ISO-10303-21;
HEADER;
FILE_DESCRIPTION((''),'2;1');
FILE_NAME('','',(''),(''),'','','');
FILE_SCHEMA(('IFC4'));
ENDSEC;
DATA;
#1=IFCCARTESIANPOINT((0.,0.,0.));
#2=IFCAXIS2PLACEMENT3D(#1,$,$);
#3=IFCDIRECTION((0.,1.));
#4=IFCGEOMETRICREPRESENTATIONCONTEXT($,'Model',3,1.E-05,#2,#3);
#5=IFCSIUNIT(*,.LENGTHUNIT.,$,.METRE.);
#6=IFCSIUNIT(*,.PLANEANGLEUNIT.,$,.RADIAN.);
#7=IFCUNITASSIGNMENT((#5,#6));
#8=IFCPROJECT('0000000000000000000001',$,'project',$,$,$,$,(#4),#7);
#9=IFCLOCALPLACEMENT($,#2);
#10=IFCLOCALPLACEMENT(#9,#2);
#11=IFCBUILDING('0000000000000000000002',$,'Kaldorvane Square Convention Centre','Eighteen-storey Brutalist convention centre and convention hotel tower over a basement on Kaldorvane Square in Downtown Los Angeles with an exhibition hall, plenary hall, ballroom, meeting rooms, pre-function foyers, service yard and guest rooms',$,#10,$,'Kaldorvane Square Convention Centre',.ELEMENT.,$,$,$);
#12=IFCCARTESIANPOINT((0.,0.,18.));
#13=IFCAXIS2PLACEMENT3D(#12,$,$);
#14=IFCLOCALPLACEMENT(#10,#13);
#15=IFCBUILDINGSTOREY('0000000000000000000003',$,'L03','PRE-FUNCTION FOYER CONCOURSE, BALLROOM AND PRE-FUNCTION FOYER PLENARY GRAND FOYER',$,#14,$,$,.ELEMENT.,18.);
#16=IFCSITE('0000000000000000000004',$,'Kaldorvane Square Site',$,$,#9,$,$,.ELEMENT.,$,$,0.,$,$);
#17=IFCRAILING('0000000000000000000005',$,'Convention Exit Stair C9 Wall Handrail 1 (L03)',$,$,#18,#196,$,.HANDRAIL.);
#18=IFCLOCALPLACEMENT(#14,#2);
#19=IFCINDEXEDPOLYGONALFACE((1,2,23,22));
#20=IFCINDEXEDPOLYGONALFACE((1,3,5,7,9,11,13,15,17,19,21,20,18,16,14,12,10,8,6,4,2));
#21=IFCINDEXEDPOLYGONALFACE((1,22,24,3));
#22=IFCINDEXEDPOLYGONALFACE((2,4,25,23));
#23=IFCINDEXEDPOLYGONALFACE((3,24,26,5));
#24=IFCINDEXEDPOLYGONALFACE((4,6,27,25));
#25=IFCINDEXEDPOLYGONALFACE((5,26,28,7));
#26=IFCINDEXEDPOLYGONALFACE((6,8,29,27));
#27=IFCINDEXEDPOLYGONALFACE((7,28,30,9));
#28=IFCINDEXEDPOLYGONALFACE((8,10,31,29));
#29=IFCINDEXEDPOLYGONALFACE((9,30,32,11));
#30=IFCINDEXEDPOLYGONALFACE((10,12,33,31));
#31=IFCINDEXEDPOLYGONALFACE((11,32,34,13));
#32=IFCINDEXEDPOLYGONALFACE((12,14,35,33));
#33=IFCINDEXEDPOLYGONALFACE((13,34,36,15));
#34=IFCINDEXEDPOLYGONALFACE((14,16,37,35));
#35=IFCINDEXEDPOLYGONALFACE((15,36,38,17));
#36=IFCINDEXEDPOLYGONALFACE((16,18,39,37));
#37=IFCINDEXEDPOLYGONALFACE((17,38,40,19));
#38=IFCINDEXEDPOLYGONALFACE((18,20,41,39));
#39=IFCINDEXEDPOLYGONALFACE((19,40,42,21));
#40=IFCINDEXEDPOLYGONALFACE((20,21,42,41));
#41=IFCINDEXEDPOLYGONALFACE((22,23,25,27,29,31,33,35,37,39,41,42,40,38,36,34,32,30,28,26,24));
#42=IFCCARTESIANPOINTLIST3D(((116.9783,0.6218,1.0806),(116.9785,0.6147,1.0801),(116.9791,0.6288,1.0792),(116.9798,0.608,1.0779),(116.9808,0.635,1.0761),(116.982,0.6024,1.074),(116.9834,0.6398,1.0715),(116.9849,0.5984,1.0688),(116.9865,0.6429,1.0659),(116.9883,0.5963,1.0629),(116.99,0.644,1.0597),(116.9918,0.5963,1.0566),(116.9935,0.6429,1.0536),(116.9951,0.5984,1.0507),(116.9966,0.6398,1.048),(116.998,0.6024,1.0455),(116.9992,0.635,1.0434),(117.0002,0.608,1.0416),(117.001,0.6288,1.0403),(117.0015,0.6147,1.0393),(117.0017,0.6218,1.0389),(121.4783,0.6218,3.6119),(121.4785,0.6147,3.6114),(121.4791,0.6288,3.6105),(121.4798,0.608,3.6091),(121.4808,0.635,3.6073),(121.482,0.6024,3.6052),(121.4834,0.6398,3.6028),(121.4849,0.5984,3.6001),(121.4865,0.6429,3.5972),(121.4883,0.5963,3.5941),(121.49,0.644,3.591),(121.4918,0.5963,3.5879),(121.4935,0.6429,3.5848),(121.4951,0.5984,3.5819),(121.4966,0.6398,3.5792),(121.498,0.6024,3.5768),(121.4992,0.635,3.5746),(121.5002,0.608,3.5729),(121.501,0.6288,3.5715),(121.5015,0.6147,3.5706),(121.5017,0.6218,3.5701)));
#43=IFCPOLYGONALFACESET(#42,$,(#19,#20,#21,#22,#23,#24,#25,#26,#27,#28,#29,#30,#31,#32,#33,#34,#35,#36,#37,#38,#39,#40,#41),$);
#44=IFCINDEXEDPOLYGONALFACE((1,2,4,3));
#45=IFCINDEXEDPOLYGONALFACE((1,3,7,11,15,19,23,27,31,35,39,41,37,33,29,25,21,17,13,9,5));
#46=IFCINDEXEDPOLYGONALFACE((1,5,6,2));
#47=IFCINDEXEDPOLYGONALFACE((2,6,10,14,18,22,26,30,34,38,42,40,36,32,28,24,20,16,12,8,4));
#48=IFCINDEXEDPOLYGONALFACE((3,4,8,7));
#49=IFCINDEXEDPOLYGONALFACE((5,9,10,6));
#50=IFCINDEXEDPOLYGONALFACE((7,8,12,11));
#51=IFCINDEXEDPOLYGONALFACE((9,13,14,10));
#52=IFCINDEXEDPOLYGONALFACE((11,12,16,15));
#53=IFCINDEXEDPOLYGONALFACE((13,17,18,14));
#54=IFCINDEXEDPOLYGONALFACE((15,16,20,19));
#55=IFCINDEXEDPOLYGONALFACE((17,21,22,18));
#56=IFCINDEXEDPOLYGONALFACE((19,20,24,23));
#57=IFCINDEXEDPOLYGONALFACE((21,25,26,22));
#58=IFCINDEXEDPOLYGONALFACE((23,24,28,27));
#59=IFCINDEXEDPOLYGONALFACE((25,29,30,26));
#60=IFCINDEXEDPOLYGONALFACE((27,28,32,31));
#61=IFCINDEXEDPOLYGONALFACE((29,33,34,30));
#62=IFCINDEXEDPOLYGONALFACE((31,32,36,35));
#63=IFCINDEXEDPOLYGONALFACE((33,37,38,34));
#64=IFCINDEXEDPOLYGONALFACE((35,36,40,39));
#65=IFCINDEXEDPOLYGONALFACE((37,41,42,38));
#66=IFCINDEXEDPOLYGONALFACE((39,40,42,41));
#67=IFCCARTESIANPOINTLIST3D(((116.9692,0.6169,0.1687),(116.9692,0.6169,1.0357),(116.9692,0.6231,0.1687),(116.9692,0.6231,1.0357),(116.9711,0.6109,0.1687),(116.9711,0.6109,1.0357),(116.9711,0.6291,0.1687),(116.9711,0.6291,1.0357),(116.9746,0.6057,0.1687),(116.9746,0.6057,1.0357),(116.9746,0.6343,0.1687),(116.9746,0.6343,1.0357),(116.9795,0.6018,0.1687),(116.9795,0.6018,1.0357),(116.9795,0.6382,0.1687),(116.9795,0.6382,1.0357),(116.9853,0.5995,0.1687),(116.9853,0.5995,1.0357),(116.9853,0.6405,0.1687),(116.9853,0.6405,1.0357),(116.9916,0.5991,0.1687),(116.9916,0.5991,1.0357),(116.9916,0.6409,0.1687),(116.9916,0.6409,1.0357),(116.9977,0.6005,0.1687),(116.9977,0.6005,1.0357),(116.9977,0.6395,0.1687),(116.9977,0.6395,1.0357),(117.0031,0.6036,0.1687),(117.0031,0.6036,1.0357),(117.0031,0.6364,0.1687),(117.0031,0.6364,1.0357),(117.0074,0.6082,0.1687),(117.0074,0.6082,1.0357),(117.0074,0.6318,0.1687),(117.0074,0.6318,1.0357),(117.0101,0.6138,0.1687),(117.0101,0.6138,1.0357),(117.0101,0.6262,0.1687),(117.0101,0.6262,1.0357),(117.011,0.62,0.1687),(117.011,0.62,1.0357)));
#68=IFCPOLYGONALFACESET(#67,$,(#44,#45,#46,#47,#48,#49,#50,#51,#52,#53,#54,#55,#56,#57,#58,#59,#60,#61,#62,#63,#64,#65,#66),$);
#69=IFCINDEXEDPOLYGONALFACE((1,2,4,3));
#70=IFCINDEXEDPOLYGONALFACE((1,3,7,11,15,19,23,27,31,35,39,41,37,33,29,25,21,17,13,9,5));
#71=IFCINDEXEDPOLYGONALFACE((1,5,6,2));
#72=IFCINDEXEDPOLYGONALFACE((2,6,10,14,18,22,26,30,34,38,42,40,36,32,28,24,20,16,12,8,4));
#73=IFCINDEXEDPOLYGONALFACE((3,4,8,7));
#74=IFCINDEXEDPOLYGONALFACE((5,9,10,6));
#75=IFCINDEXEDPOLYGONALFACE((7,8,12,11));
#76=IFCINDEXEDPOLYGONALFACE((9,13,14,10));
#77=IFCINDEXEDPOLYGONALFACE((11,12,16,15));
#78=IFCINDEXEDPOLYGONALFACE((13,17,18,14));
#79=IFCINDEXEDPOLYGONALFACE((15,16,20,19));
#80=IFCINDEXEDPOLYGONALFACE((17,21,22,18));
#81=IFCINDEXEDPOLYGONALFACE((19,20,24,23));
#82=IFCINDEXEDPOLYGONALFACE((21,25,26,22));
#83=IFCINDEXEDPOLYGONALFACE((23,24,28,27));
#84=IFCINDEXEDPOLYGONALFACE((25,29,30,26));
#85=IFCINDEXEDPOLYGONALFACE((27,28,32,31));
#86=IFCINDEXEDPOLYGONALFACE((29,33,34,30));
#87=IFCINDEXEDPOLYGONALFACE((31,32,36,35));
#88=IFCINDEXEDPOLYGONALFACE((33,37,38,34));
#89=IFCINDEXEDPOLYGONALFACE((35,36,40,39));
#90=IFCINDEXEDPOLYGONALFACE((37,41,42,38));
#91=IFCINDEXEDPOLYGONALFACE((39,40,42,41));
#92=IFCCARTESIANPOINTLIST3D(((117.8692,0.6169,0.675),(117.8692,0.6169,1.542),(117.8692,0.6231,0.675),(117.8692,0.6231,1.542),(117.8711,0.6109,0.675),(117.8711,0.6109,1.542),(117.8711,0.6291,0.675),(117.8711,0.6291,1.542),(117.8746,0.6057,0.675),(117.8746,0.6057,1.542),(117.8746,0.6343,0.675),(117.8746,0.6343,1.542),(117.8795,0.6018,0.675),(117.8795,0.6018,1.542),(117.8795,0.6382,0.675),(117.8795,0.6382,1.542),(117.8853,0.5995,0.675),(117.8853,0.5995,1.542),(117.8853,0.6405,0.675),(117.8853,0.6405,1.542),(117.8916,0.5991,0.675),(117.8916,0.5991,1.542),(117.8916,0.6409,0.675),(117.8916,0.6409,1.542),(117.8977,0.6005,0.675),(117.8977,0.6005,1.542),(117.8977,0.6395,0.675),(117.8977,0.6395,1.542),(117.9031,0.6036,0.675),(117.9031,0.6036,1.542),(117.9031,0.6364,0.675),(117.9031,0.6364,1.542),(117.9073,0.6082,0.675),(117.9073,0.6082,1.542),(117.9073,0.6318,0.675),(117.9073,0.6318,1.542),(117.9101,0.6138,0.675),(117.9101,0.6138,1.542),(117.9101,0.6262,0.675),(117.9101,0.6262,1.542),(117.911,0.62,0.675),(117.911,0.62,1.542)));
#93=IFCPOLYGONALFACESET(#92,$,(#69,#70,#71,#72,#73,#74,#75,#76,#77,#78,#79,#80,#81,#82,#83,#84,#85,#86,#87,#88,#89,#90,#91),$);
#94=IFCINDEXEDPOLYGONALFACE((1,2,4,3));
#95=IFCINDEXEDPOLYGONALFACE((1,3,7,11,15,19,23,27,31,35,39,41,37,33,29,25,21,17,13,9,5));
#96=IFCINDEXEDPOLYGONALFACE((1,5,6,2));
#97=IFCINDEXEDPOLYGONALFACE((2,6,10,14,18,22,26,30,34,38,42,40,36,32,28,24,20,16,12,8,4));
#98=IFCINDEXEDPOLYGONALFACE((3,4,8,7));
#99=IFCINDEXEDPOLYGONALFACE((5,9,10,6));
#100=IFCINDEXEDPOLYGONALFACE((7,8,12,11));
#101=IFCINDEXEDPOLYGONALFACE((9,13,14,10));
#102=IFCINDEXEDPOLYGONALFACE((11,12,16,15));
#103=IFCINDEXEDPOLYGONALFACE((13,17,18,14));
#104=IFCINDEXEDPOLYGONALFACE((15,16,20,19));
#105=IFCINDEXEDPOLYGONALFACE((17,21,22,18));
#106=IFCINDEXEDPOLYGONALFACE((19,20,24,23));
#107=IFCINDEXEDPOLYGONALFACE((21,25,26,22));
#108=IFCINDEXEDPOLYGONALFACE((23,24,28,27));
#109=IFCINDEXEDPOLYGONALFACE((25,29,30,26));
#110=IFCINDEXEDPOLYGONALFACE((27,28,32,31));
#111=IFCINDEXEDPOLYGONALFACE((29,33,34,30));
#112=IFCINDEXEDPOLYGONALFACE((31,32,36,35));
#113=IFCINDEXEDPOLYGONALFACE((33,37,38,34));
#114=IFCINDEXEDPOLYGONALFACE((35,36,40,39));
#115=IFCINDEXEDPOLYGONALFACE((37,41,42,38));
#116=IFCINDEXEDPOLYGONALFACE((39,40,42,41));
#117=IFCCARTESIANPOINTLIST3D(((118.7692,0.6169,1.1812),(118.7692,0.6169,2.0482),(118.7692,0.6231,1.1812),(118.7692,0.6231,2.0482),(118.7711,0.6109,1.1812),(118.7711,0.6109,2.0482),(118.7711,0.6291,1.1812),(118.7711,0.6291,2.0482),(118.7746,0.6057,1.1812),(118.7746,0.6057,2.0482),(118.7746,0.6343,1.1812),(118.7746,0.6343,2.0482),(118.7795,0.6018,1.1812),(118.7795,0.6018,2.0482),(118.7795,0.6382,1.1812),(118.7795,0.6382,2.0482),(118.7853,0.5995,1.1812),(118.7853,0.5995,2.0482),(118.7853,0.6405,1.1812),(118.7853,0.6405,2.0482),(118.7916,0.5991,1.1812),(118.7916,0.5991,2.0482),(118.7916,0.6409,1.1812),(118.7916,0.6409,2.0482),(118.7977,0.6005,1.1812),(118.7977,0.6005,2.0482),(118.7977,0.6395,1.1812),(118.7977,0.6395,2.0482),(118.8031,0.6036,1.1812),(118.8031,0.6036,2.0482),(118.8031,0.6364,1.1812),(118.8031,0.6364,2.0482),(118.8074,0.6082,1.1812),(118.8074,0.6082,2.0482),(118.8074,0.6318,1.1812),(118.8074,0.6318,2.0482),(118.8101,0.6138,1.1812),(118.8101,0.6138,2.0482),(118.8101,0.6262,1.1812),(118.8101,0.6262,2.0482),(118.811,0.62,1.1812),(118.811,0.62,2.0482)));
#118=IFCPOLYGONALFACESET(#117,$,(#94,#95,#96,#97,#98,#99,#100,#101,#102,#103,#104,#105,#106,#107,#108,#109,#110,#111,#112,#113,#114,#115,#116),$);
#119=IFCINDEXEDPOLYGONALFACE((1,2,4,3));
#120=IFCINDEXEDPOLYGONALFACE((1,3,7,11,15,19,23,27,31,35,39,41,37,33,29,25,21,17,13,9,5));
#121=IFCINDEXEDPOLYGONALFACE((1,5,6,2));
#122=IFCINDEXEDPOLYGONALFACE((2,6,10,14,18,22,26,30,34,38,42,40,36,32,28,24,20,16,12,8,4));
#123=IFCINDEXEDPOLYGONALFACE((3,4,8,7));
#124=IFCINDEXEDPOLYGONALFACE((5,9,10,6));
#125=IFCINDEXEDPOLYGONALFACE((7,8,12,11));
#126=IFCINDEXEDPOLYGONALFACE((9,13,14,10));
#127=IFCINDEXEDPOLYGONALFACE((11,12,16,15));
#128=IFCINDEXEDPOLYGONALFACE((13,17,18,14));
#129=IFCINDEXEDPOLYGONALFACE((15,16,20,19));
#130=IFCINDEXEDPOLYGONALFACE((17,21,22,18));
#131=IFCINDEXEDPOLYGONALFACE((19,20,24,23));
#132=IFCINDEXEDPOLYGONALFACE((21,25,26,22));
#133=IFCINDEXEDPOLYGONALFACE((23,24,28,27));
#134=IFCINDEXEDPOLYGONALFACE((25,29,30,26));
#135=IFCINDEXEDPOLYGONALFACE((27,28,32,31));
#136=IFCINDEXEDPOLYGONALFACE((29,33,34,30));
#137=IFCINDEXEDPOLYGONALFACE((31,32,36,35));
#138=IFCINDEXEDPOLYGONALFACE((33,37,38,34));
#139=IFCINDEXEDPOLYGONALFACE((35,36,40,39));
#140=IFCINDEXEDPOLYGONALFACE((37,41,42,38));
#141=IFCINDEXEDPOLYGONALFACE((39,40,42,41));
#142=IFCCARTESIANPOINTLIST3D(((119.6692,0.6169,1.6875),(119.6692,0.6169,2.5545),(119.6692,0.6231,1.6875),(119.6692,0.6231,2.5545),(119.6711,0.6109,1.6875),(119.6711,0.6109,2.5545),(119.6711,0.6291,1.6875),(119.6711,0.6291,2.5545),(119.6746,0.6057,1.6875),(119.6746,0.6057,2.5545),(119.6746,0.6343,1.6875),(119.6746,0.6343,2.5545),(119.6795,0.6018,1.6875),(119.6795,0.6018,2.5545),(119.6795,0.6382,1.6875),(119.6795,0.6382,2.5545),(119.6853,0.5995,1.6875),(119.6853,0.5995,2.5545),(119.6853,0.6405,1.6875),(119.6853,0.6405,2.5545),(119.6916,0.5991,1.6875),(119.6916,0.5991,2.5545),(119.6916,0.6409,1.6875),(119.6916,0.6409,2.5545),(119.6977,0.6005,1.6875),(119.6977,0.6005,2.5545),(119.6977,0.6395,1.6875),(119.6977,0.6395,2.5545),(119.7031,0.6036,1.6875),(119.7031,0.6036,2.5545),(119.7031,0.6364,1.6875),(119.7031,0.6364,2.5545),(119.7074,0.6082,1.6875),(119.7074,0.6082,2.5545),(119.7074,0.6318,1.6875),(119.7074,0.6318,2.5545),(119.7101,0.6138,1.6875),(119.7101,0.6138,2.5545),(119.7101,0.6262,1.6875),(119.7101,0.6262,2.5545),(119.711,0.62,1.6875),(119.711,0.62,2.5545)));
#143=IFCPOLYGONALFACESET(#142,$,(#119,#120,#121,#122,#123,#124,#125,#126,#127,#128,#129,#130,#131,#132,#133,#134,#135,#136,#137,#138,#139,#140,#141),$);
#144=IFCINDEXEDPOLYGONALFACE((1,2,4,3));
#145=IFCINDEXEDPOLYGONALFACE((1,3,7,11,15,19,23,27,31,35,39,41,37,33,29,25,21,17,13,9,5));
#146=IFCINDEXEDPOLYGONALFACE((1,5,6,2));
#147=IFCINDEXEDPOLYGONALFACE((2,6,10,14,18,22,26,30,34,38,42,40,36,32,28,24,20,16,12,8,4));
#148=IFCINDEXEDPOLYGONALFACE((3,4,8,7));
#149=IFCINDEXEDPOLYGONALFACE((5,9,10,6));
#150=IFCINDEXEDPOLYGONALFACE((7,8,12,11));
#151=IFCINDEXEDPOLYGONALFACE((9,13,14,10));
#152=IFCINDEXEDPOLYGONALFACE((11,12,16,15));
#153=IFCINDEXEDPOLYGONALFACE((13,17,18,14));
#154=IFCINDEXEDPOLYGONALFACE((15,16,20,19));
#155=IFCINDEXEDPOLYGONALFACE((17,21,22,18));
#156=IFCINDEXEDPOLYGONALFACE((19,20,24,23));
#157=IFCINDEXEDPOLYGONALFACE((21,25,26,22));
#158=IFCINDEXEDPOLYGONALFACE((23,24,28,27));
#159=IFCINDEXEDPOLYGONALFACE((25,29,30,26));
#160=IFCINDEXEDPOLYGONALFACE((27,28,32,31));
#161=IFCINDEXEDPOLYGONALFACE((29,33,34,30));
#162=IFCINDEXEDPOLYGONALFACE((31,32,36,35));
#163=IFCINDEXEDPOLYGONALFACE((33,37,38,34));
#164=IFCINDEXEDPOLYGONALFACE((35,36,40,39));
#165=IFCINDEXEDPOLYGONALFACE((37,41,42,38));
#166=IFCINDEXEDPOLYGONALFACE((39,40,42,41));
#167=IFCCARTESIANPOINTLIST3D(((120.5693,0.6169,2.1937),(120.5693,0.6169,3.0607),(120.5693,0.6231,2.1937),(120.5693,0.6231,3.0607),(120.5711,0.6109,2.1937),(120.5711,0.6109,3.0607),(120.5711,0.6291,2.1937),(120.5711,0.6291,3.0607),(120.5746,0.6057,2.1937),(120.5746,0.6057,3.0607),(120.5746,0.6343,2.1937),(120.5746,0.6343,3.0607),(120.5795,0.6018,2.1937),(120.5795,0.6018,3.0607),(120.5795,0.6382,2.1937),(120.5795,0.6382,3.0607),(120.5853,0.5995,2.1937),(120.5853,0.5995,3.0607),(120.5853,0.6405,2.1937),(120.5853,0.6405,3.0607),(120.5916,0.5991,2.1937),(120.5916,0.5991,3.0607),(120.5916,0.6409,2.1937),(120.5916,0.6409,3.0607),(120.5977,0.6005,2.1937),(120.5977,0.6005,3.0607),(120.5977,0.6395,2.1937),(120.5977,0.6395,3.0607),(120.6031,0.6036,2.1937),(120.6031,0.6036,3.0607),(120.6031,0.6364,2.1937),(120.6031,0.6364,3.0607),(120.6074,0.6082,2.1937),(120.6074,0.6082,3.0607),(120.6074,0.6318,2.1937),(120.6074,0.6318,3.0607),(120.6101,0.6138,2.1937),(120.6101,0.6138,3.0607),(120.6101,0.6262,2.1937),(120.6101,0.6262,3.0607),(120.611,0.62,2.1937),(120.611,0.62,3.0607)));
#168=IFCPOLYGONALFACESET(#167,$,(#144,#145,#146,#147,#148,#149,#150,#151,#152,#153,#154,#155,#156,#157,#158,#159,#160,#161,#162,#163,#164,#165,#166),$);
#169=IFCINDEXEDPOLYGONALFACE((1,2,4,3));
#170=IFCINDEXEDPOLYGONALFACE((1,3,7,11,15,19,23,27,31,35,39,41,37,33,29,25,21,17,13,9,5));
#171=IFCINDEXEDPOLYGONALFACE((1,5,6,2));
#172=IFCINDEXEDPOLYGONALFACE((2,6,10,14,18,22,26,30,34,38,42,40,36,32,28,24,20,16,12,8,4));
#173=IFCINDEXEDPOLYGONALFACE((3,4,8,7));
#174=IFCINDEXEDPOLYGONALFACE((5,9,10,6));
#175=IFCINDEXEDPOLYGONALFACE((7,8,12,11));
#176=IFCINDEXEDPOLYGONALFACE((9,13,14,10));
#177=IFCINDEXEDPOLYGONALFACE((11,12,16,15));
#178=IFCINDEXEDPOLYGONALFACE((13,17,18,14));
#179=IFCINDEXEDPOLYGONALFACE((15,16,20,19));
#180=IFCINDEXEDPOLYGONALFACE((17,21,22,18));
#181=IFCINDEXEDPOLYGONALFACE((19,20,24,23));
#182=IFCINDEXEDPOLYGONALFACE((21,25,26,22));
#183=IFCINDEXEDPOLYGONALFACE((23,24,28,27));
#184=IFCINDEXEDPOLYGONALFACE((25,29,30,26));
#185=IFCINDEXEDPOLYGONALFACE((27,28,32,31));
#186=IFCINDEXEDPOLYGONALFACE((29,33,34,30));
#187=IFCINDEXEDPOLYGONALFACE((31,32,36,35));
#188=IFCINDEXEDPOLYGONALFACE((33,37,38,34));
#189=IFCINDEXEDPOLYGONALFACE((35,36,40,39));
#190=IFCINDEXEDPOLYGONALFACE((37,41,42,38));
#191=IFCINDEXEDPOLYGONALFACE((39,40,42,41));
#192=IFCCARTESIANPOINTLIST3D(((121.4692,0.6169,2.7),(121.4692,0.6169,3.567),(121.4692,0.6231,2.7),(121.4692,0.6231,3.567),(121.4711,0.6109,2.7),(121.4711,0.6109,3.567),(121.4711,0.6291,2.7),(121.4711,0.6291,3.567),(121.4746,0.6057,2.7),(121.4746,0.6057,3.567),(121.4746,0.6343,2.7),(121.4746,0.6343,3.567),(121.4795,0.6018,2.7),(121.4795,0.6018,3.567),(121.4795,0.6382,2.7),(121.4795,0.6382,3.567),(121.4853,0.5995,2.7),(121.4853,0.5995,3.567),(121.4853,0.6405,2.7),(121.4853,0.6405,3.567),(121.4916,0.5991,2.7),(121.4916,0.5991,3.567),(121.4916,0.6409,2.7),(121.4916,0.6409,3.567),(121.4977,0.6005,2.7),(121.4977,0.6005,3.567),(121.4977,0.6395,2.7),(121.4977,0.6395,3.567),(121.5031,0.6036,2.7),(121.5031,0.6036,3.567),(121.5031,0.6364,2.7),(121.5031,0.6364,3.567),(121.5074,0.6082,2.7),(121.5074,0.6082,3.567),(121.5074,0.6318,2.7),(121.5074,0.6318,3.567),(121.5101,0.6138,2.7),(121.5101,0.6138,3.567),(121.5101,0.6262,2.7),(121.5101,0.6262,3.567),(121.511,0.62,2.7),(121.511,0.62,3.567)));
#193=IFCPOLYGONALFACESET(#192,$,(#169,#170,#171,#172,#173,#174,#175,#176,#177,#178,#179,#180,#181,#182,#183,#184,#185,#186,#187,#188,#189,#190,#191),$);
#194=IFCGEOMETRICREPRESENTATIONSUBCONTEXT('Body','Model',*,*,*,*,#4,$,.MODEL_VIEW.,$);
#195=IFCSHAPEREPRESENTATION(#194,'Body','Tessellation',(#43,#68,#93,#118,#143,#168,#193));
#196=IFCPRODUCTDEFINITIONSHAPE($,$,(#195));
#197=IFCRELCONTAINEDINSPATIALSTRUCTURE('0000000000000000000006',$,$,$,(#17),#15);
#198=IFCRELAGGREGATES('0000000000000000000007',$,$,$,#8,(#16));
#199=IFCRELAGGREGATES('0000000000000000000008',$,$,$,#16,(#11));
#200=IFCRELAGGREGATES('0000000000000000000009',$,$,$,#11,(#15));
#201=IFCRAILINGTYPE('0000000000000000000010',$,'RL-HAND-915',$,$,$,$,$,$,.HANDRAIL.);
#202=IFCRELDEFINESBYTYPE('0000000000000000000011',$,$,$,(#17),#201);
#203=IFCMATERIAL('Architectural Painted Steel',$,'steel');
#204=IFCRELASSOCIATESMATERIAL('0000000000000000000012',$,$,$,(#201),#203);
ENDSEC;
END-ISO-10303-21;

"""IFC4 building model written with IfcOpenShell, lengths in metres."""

from ifc_helpers import new_model, si_unit, direction, frame, origin, origin_2d, place, context, subcontext, project, spatial, circle, extrude, material, type_object, element, save


model = new_model("IFC4")

# Units and contexts
model_context = context("Model", 3, precision=1e-05, world=origin(), true_north=direction((0.0, 1.0)))
body_context = subcontext(model_context, "Body", "Model", "MODEL_VIEW")
ifc_project = project(units=[si_unit("LENGTHUNIT", "METRE"), si_unit("PLANEANGLEUNIT", "RADIAN")], contexts=[model_context])

# Site, building, storey
site_placement = place(None, origin())
site = spatial("IfcSite", under=ifc_project, at=site_placement, Name="Kaldorvane Square Site", CompositionType="ELEMENT", RefElevation=0.0)
building_placement = place(site_placement, origin())
building = spatial("IfcBuilding", under=site, at=building_placement, Name="Kaldorvane Square Convention Centre", Description="Eighteen-storey Brutalist convention centre and convention hotel tower over a basement on Kaldorvane Square in Downtown Los Angeles with an exhibition hall, plenary hall, ballroom, meeting rooms, pre-function foyers, service yard and guest rooms", LongName="Kaldorvane Square Convention Centre", CompositionType="ELEMENT")
storey_placement = place(building_placement, frame((0.0, 0.0, 18.0)))
storey = spatial("IfcBuildingStorey", under=building, at=storey_placement, Name="L03", Description="PRE-FUNCTION FOYER CONCOURSE, BALLROOM AND PRE-FUNCTION FOYER PLENARY GRAND FOYER", CompositionType="ELEMENT", Elevation=18.0)

# Railing
ifc_material_1 = material(Name="Architectural Painted Steel", Category="steel")
railing_type_1 = type_object("IfcRailingType", Name="RL-HAND-915", PredefinedType="HANDRAIL", material=ifc_material_1)
railing_1_placement = place(storey_placement, frame((116.99, 0.62, 0.1687)))
element("IfcRailing", 1, at=railing_1_placement, inside=storey, type_object=railing_type_1, Name="Convention Exit Stair C9 Wall Handrail 1 (L03)", PredefinedType="HANDRAIL", context=body_context, shape_type="SweptSolid", body=[
    extrude(circle(Radius=0.024, at=origin_2d()), frame((0.0, 0.0, 0.891), z_axis=(0.871576, 0.0, 0.490261), x_axis=(0.0, 1.0, 0.0)), (0.0, 0.0, 1.0), 5.1631),
    extrude(circle(Radius=0.021, at=origin_2d()), origin(), (0.0, 0.0, 1.0), 0.867),
    extrude(circle(Radius=0.021, at=origin_2d()), frame((0.9, 0.0, 0.5063)), (0.0, 0.0, 1.0), 0.867),
    extrude(circle(Radius=0.021, at=origin_2d()), frame((1.8, 0.0, 1.0125)), (0.0, 0.0, 1.0), 0.867),
    extrude(circle(Radius=0.021, at=origin_2d()), frame((2.7, 0.0, 1.5188)), (0.0, 0.0, 1.0), 0.867),
    extrude(circle(Radius=0.021, at=origin_2d()), frame((3.6, 0.0, 2.025)), (0.0, 0.0, 1.0), 0.867),
    extrude(circle(Radius=0.021, at=origin_2d()), frame((4.5, 0.0, 2.5312)), (0.0, 0.0, 1.0), 0.867),
])

save(model, "model.ifc")
